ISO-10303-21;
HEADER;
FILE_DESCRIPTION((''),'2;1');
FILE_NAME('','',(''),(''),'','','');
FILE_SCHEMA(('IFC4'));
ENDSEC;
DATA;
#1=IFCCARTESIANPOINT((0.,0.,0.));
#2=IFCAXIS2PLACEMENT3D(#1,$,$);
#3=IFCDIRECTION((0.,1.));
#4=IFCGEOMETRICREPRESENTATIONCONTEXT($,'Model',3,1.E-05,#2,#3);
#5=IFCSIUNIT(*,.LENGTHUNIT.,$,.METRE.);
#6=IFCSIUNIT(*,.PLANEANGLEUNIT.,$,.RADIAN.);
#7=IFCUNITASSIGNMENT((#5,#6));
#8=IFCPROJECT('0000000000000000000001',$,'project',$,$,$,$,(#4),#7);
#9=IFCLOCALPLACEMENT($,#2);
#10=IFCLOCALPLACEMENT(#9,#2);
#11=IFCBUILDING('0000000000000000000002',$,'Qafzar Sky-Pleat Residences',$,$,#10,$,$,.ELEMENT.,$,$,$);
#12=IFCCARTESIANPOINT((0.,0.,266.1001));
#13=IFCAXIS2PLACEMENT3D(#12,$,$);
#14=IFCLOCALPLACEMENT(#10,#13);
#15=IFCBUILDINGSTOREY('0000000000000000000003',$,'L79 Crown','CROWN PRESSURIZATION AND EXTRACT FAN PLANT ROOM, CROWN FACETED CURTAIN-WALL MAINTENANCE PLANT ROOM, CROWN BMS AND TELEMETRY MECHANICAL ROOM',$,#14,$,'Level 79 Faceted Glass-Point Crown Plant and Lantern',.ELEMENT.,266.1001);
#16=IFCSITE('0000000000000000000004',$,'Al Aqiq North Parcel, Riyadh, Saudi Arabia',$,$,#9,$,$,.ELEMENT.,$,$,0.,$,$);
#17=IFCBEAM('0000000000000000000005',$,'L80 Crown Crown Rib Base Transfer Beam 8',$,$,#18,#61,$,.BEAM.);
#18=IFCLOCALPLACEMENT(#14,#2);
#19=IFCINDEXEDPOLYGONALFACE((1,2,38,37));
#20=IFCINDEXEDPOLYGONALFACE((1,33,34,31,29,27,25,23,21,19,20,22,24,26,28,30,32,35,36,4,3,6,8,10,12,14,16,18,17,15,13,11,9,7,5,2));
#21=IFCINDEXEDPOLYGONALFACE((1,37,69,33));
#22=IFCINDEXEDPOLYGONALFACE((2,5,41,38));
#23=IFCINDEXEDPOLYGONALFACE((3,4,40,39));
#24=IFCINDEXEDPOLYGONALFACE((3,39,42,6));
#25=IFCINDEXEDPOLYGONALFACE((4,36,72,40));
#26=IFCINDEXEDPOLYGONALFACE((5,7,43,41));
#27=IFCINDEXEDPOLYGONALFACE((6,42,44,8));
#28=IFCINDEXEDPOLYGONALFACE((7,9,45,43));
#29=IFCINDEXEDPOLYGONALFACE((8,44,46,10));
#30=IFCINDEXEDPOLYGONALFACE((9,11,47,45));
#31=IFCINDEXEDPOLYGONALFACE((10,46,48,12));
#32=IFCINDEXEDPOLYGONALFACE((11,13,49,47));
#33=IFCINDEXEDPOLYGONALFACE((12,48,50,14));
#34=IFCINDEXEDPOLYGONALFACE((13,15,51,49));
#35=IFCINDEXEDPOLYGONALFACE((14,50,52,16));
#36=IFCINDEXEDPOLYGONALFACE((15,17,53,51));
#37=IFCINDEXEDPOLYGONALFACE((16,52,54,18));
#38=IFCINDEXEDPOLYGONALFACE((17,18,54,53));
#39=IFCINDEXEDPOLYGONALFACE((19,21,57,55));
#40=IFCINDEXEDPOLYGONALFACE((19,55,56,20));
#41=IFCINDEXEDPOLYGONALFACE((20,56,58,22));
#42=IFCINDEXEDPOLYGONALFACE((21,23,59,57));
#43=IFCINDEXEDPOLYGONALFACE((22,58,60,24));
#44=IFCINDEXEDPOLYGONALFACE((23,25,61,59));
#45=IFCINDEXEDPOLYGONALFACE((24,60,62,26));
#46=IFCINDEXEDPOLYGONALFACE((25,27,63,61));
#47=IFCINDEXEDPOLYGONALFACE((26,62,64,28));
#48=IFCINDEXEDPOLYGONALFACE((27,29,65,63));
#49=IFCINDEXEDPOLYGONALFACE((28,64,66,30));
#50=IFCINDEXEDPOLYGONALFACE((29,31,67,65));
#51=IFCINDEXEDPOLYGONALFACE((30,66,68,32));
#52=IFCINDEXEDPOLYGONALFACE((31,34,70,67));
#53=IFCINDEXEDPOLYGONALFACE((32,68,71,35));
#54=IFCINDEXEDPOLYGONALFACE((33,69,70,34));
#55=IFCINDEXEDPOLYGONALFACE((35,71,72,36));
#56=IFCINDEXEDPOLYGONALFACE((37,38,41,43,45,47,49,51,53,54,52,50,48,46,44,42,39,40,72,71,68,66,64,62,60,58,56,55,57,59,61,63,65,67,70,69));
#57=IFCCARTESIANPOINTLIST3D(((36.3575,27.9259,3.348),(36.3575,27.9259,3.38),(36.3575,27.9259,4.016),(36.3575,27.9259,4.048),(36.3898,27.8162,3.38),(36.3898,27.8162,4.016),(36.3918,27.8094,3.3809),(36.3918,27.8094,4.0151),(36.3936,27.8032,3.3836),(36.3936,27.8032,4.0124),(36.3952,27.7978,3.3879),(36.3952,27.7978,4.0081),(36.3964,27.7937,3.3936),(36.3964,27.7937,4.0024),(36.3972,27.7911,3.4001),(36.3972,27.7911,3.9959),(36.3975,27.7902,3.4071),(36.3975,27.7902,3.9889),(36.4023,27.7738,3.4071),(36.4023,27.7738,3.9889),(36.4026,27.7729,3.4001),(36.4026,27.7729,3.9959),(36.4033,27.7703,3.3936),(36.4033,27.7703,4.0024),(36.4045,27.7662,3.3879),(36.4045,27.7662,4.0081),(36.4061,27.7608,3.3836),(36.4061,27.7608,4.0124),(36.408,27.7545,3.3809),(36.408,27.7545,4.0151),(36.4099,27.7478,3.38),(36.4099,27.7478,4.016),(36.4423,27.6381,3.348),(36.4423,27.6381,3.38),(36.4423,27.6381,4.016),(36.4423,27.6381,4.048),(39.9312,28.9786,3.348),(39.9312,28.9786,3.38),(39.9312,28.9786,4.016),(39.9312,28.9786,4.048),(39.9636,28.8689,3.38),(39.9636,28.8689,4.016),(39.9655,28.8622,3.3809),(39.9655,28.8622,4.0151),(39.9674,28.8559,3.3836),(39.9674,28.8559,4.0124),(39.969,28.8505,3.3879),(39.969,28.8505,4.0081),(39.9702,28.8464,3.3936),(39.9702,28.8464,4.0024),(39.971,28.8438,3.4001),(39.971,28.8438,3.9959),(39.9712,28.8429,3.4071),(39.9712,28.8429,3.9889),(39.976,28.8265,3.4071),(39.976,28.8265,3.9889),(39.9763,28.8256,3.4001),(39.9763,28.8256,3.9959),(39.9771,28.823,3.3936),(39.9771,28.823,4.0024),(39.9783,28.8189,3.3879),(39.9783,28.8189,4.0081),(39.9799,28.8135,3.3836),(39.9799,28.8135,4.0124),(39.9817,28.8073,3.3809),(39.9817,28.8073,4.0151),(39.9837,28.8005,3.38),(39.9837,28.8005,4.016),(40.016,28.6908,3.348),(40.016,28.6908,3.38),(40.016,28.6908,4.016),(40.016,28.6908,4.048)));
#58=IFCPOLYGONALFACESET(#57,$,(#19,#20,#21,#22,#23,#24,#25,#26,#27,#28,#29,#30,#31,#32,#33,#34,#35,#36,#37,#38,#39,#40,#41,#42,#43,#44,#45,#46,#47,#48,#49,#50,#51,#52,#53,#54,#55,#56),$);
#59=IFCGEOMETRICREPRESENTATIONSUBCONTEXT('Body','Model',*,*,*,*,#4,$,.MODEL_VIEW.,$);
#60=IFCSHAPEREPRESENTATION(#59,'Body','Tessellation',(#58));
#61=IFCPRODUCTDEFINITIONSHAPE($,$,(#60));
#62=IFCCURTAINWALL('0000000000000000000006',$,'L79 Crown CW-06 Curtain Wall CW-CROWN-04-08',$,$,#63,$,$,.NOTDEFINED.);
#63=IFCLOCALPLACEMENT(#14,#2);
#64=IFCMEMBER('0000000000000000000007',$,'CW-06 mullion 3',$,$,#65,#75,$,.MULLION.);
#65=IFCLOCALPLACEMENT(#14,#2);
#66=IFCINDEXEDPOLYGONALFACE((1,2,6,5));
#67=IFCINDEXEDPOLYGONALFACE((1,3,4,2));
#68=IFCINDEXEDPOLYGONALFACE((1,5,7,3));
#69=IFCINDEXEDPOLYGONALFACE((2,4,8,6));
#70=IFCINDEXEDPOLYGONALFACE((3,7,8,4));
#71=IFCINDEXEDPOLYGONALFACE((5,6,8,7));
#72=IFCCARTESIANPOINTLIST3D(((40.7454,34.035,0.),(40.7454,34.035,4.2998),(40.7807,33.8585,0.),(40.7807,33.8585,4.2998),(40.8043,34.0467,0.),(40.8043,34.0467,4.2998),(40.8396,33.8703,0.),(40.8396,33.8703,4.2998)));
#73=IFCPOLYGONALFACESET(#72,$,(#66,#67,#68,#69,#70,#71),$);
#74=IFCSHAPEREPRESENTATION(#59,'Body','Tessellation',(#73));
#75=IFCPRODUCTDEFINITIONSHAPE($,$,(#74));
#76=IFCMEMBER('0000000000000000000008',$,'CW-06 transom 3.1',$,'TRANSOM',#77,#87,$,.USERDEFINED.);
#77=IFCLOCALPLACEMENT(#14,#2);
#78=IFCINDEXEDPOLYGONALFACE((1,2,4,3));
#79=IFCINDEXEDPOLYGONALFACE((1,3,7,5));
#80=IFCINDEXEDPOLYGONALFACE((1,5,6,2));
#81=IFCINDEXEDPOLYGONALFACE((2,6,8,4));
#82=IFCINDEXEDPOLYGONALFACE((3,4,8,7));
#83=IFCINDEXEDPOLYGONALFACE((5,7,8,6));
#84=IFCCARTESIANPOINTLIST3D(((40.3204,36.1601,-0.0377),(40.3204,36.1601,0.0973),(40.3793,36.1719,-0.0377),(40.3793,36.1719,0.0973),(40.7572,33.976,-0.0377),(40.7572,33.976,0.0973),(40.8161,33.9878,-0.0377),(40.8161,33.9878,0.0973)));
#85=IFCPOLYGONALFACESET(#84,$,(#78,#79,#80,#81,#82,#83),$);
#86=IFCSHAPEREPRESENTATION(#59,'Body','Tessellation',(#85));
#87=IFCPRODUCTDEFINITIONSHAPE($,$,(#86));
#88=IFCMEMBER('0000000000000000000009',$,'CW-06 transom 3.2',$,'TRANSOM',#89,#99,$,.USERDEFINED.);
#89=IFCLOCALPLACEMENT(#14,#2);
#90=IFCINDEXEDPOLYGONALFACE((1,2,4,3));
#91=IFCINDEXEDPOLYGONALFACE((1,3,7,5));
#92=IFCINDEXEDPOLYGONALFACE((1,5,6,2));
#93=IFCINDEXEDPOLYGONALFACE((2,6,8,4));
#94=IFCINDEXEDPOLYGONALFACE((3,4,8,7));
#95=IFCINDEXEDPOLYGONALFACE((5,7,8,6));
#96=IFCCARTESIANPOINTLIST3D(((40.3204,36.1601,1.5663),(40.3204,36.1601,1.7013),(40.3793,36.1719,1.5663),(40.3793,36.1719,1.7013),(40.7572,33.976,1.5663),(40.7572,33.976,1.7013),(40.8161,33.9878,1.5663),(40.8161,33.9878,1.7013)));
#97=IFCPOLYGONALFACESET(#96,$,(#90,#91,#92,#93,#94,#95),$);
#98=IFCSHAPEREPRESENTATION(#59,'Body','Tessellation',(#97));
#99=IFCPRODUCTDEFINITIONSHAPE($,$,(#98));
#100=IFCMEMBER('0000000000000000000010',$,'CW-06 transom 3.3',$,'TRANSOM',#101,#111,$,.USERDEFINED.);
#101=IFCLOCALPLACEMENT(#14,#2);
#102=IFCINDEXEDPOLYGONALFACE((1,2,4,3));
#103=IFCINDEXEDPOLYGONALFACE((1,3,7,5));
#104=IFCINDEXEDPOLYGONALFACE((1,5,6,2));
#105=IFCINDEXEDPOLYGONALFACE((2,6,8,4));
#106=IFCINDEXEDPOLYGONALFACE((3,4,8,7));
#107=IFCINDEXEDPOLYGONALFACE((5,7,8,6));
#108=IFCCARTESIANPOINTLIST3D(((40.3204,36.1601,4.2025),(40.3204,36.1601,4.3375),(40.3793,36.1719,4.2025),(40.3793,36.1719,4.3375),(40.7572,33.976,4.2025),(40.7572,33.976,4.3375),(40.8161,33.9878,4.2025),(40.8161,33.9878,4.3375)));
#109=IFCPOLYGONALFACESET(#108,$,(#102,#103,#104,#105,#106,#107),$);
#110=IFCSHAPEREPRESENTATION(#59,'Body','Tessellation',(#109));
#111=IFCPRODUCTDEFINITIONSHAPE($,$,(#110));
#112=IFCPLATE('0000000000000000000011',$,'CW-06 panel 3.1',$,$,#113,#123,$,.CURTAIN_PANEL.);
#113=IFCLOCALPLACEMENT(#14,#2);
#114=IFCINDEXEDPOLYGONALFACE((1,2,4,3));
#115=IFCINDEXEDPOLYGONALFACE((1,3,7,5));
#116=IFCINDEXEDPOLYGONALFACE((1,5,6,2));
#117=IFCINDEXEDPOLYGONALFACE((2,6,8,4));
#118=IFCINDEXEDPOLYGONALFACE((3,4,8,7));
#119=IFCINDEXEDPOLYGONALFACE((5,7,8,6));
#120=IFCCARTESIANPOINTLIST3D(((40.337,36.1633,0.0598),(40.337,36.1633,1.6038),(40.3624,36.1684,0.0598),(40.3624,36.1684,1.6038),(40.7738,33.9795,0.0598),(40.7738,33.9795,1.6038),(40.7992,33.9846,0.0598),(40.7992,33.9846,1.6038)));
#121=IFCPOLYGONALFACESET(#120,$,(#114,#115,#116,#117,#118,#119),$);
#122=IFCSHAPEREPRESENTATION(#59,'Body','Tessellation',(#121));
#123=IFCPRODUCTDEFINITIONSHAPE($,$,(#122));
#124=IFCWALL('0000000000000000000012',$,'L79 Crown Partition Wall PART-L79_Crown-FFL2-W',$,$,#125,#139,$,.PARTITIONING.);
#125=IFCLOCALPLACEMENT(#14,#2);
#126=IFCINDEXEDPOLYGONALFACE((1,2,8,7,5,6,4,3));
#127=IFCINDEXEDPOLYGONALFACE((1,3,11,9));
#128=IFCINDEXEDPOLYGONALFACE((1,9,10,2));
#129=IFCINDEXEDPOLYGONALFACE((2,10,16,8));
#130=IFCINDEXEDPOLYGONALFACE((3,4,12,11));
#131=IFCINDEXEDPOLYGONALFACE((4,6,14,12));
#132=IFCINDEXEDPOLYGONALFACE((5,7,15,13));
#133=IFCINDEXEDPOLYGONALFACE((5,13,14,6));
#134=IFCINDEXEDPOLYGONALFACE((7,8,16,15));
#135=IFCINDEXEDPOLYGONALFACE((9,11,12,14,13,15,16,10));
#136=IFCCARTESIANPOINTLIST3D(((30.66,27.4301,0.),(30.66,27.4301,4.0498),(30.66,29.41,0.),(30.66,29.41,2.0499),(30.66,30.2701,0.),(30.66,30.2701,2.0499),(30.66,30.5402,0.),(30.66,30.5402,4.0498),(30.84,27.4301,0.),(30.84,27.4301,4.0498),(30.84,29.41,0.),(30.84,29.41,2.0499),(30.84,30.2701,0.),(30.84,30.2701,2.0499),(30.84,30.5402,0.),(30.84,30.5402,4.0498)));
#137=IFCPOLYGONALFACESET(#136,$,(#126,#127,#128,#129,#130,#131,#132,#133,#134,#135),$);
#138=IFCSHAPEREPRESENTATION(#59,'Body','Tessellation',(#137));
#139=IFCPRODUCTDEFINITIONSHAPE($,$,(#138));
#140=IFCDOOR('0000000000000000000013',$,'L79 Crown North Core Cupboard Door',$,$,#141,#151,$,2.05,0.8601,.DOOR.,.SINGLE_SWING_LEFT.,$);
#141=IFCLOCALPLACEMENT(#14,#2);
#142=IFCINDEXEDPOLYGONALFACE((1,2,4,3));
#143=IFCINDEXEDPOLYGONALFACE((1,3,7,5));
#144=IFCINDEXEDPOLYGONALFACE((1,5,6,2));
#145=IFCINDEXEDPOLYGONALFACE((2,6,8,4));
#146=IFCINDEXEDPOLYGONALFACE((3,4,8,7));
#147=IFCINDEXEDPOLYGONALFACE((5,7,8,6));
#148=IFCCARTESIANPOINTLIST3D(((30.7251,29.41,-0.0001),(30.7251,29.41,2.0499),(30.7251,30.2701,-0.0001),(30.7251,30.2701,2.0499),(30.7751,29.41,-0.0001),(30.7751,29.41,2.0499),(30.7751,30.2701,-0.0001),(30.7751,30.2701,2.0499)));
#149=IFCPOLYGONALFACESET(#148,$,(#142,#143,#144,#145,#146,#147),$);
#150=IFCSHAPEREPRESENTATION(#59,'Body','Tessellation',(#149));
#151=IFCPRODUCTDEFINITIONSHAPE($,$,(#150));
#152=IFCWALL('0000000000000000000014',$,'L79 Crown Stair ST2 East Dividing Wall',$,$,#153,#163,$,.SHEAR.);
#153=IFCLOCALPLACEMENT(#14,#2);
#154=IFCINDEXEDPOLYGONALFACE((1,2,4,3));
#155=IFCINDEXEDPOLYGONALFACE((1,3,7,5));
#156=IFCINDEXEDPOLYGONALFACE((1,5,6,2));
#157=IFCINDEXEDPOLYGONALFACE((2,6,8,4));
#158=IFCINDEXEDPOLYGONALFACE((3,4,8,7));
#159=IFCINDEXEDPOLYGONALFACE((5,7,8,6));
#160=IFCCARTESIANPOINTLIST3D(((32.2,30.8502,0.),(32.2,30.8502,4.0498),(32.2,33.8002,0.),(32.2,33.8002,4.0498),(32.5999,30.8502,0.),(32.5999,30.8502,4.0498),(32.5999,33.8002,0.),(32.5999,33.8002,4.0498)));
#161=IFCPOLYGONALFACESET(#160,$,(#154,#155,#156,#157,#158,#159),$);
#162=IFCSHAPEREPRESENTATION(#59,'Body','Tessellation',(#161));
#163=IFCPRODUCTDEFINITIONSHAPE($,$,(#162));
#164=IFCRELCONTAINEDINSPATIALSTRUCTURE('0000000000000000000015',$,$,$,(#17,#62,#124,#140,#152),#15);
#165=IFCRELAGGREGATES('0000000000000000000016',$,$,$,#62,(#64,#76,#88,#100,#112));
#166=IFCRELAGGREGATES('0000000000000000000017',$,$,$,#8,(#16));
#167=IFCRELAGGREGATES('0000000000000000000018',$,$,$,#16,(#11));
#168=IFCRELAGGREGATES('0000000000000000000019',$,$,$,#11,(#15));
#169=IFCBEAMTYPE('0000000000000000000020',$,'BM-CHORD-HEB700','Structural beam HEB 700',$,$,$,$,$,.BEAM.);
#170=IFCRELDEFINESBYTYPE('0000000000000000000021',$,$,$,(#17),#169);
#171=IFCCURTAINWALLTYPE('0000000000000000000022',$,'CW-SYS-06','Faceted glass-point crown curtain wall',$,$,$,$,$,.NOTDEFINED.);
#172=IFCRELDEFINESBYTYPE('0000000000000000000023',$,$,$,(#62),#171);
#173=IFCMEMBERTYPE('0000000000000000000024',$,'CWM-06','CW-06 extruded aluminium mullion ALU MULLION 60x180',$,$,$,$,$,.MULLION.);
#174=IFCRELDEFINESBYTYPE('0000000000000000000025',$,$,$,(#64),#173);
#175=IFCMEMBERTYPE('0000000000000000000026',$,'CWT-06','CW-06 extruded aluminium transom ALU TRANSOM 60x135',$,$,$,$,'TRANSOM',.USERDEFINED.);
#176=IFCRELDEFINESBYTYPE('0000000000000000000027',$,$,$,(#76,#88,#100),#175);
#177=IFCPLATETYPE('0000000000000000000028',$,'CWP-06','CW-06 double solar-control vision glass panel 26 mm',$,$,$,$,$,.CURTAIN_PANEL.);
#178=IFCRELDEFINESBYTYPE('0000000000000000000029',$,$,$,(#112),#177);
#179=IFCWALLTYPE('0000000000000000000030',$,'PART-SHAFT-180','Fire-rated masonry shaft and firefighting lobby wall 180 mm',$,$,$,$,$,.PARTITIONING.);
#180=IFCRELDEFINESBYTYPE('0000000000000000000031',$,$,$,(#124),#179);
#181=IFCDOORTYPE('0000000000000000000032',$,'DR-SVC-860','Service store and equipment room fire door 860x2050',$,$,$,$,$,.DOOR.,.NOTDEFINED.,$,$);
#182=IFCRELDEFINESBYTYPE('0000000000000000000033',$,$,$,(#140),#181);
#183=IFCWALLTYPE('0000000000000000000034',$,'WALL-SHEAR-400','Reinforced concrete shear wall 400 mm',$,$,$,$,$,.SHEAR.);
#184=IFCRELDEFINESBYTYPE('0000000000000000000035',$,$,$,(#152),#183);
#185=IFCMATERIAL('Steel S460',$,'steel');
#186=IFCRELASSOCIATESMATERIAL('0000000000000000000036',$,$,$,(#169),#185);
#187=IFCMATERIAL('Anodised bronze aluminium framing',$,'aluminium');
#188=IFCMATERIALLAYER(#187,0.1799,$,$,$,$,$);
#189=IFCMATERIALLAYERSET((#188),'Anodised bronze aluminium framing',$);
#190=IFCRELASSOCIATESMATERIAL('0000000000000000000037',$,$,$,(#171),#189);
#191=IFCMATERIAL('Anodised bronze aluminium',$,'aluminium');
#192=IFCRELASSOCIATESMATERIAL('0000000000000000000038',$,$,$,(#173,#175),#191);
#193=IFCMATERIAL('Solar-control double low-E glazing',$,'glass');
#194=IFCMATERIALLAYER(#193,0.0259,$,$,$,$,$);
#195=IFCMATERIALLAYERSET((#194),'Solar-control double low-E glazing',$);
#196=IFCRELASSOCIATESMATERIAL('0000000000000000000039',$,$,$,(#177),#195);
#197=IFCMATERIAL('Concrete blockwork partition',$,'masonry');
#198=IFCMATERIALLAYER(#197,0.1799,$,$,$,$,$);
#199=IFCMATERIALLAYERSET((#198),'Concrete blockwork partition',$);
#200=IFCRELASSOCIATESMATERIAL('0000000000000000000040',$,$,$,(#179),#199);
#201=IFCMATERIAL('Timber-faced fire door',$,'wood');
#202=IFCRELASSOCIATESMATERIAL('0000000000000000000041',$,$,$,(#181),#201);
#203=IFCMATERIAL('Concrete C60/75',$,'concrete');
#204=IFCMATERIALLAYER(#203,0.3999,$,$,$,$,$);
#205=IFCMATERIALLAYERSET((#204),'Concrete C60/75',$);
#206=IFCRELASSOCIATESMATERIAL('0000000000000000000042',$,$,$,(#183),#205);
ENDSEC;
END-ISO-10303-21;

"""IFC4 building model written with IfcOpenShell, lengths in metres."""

from ifc_helpers import new_model, si_unit, direction, frame, frame_2d, origin, origin_2d, place, context, subcontext, project, spatial, rectangle, i_section, extrude, source, transform, mapped, material, layer, layer_set, material_profile, profile_set, type_object, element, fill, aggregate, save


model = new_model("IFC4")

# Units and contexts
model_context = context("Model", 3, precision=1e-05, world=origin(), true_north=direction((0.0, 1.0)))
body_context = subcontext(model_context, "Body", "Model", "MODEL_VIEW")
ifc_project = project(units=[si_unit("LENGTHUNIT", "METRE"), si_unit("PLANEANGLEUNIT", "RADIAN")], contexts=[model_context])

# Site, building, storey
site_placement = place(None, origin())
site = spatial("IfcSite", under=ifc_project, at=site_placement, Name="Al Aqiq North Parcel, Riyadh, Saudi Arabia", CompositionType="ELEMENT", RefElevation=0.0)
building_placement = place(site_placement, origin())
building = spatial("IfcBuilding", under=site, at=building_placement, Name="Qafzar Sky-Pleat Residences", CompositionType="ELEMENT")
storey_placement = place(building_placement, frame((0.0, 0.0, 266.1001)))
storey = spatial("IfcBuildingStorey", under=building, at=storey_placement, Name="L79 Crown", Description="CROWN PRESSURIZATION AND EXTRACT FAN PLANT ROOM, CROWN FACETED CURTAIN-WALL MAINTENANCE PLANT ROOM, CROWN BMS AND TELEMETRY MECHANICAL ROOM", LongName="Level 79 Faceted Glass-Point Crown Plant and Lantern", CompositionType="ELEMENT", Elevation=266.1001)

# Shared definitions
ifc_material_1 = material(Name="Steel S460", Category="steel")

# Beam
ifc_material_profile_1 = material_profile(ifc_material_1, i_section(OverallWidth=0.3, OverallDepth=0.7, WebThickness=0.0171, FlangeThickness=0.032, FilletRadius=0.0271, at=origin_2d()), Name="HEB 700")
ifc_profile_set_1 = profile_set([ifc_material_profile_1], Name="Steel S460")
beam_type = type_object("IfcBeamType", Name="BM-CHORD-HEB700", Description="Structural beam HEB 700", PredefinedType="BEAM", material=ifc_profile_set_1)
shared_shape_1 = source(origin(), body_context, "Body", "SweptSolid", [
    extrude(i_section(OverallWidth=0.3, OverallDepth=0.7, WebThickness=0.0171, FlangeThickness=0.032, FilletRadius=0.0271, at=origin_2d()), origin(), (0.0, 0.0, 1.0), 3.7256),
])
beam_1_placement = place(storey_placement, frame((39.9736, 28.8347, 3.698), z_axis=(-0.959246, -0.282571, 0.0), x_axis=(0.282571, -0.959246, 0.0)))
element("IfcBeam", 1, at=beam_1_placement, inside=storey, type_object=beam_type, Name="L80 Crown Crown Rib Base Transfer Beam 8", PredefinedType="BEAM", context=body_context, shape_type="MappedRepresentation", body=[
    mapped(shared_shape_1, transform((0.0, 0.0, 0.0), x_axis=(1.0, 0.0, 0.0), y_axis=(0.0, 1.0, 0.0), z_axis=(0.0, 0.0, 1.0), scale=1.0)),
])

# Curtain wall, members, plate
ifc_material_2 = material(Name="Anodised bronze aluminium framing", Category="aluminium")
ifc_layer_1 = layer(ifc_material_2, 0.1799)
ifc_layer_set_1 = layer_set([ifc_layer_1], Name="Anodised bronze aluminium framing")
curtain_wall_type = type_object("IfcCurtainWallType", Name="CW-SYS-06", Description="Faceted glass-point crown curtain wall", PredefinedType="NOTDEFINED", material=ifc_layer_set_1)
curtain_wall_placement = place(storey_placement, origin())
curtain_wall = element("IfcCurtainWall", 2, at=curtain_wall_placement, inside=storey, type_object=curtain_wall_type, Name="L79 Crown CW-06 Curtain Wall CW-CROWN-04-08", PredefinedType="NOTDEFINED")
ifc_material_3 = material(Name="Anodised bronze aluminium", Category="aluminium")
ifc_material_profile_2 = material_profile(ifc_material_3, rectangle(XDim=0.0601, YDim=0.1799, at=origin_2d()), Name="ALU MULLION 60x180")
ifc_profile_set_2 = profile_set([ifc_material_profile_2], Name="Anodised bronze aluminium")
member_type_1 = type_object("IfcMemberType", Name="CWM-06", Description="CW-06 extruded aluminium mullion ALU MULLION 60x180", PredefinedType="MULLION", material=ifc_profile_set_2)
shared_shape_2 = source(origin(), body_context, "Body", "SweptSolid", [
    extrude(rectangle(XDim=0.0601, YDim=0.1799, at=origin_2d()), origin(), (0.0, 0.0, 1.0), 4.2998),
])
member_1_placement = place(storey_placement, frame((40.7925, 33.9526, 0.0), z_axis=(0.0, 0.0, 1.0), x_axis=(-0.980581, -0.196116, 0.0)))
member_1 = element("IfcMember", 3, at=member_1_placement, type_object=member_type_1, Name="CW-06 mullion 3", PredefinedType="MULLION", context=body_context, shape_type="MappedRepresentation", body=[
    mapped(shared_shape_2, transform((0.0, 0.0, 0.0), x_axis=(1.0, 0.0, 0.0), y_axis=(0.0, 1.0, 0.0), z_axis=(0.0, 0.0, 1.0), scale=1.0)),
])
ifc_material_profile_3 = material_profile(ifc_material_3, rectangle(XDim=0.0601, YDim=0.135, at=origin_2d()), Name="ALU TRANSOM 60x135")
ifc_profile_set_3 = profile_set([ifc_material_profile_3], Name="Anodised bronze aluminium")
member_type_2 = type_object("IfcMemberType", Name="CWT-06", Description="CW-06 extruded aluminium transom ALU TRANSOM 60x135", ElementType="TRANSOM", PredefinedType="USERDEFINED", material=ifc_profile_set_3)
shared_shape_3 = source(origin(), body_context, "Body", "SweptSolid", [
    extrude(rectangle(XDim=0.0601, YDim=0.135, at=origin_2d()), origin(), (0.0, 0.0, 1.0), 2.2273),
])
member_2_placement = place(storey_placement, frame((40.7866, 33.9819, 0.0298), z_axis=(-0.196095, 0.980585, 0.0), x_axis=(-0.980585, -0.196095, 0.0)))
member_2 = element("IfcMember", 4, at=member_2_placement, type_object=member_type_2, Name="CW-06 transom 3.1", ObjectType="TRANSOM", PredefinedType="USERDEFINED", context=body_context, shape_type="MappedRepresentation", body=[
    mapped(shared_shape_3, transform((0.0, 0.0, 0.0), x_axis=(1.0, 0.0, 0.0), y_axis=(0.0, 1.0, 0.0), z_axis=(0.0, 0.0, 1.0), scale=1.0)),
])
member_3_placement = place(storey_placement, frame((40.7866, 33.9819, 1.6338), z_axis=(-0.196095, 0.980585, 0.0), x_axis=(-0.980585, -0.196095, 0.0)))
member_3 = element("IfcMember", 5, at=member_3_placement, type_object=member_type_2, Name="CW-06 transom 3.2", ObjectType="TRANSOM", PredefinedType="USERDEFINED", context=body_context, shape_type="MappedRepresentation", body=[
    mapped(shared_shape_3, transform((0.0, 0.0, 0.0), x_axis=(1.0, 0.0, 0.0), y_axis=(0.0, 1.0, 0.0), z_axis=(0.0, 0.0, 1.0), scale=1.0)),
])
member_4_placement = place(storey_placement, frame((40.7866, 33.9819, 4.27), z_axis=(-0.196095, 0.980585, 0.0), x_axis=(-0.980585, -0.196095, 0.0)))
member_4 = element("IfcMember", 6, at=member_4_placement, type_object=member_type_2, Name="CW-06 transom 3.3", ObjectType="TRANSOM", PredefinedType="USERDEFINED", context=body_context, shape_type="MappedRepresentation", body=[
    mapped(shared_shape_3, transform((0.0, 0.0, 0.0), x_axis=(1.0, 0.0, 0.0), y_axis=(0.0, 1.0, 0.0), z_axis=(0.0, 0.0, 1.0), scale=1.0)),
])
ifc_material_4 = material(Name="Solar-control double low-E glazing", Category="glass")
ifc_layer_2 = layer(ifc_material_4, 0.0259)
ifc_layer_set_2 = layer_set([ifc_layer_2], Name="Solar-control double low-E glazing")
plate_type = type_object("IfcPlateType", Name="CWP-06", Description="CW-06 double solar-control vision glass panel 26 mm", PredefinedType="CURTAIN_PANEL", material=ifc_layer_set_2)
shared_shape_4 = source(origin(), body_context, "Body", "SweptSolid", [
    extrude(rectangle(XDim=2.2271, YDim=0.0259, at=origin_2d()), origin(), (0.0, 0.0, 1.0), 1.5439),
])
plate_placement = place(storey_placement, frame((40.5681, 35.074, 0.0598), z_axis=(0.0, 0.0, 1.0), x_axis=(-0.196116, 0.980581, 0.0)))
plate = element("IfcPlate", 7, at=plate_placement, type_object=plate_type, Name="CW-06 panel 3.1", PredefinedType="CURTAIN_PANEL", context=body_context, shape_type="MappedRepresentation", body=[
    mapped(shared_shape_4, transform((0.0, 0.0, 0.0), x_axis=(1.0, 0.0, 0.0), y_axis=(0.0, 1.0, 0.0), z_axis=(0.0, 0.0, 1.0), scale=1.0)),
])
aggregate(curtain_wall, [member_1, member_2, member_3, member_4, plate])

# Wall, opening, door
ifc_material_5 = material(Name="Concrete blockwork partition", Category="masonry")
ifc_layer_3 = layer(ifc_material_5, 0.1799)
ifc_layer_set_3 = layer_set([ifc_layer_3], Name="Concrete blockwork partition")
wall_type_1 = type_object("IfcWallType", Name="PART-SHAFT-180", Description="Fire-rated masonry shaft and firefighting lobby wall 180 mm", PredefinedType="PARTITIONING", material=ifc_layer_set_3)
wall_1_placement = place(storey_placement, frame((30.75, 27.4299, 0.0), z_axis=(0.0, 0.0, 1.0), x_axis=(0.0, 1.0, 0.0)))
wall_1 = element("IfcWall", 8, at=wall_1_placement, inside=storey, type_object=wall_type_1, Name="L79 Crown Partition Wall PART-L79_Crown-FFL2-W", PredefinedType="PARTITIONING", context=body_context, shape_type="SweptSolid", body=[
    extrude(rectangle(XDim=3.1101, YDim=0.1799, at=frame_2d((1.5552, 0.0))), origin(), (0.0, 0.0, 1.0), 4.0498),
])
opening_placement = place(wall_1_placement, frame((1.98, 0.0, 0.0)))
opening = element("IfcOpeningElement", 9, at=opening_placement, cuts=wall_1, PredefinedType="OPENING", context=body_context, shape_type="SweptSolid", body=[
    extrude(rectangle(XDim=0.8601, YDim=2.05, at=frame_2d((0.4302, 1.0249))), frame((0.0, 0.1001, 0.0), z_axis=(0.0, -1.0, 0.0), x_axis=(1.0, 0.0, 0.0)), (0.0, 0.0, 1.0), 0.2),
])
ifc_material_6 = material(Name="Timber-faced fire door", Category="wood")
door_type = type_object("IfcDoorType", Name="DR-SVC-860", Description="Service store and equipment room fire door 860x2050", OperationType="NOTDEFINED", PredefinedType="DOOR", material=ifc_material_6)
shared_shape_5 = source(origin(), body_context, "Body", "SweptSolid", [
    extrude(rectangle(XDim=0.8601, YDim=2.05, at=frame_2d((0.4302, 1.0249))), frame((0.0, 0.0249, 0.0), z_axis=(0.0, -1.0, 0.0), x_axis=(1.0, 0.0, 0.0)), (0.0, 0.0, 1.0), 0.05),
])
door_placement = place(opening_placement, origin())
door = element("IfcDoor", 10, at=door_placement, inside=storey, type_object=door_type, Name="L79 Crown North Core Cupboard Door", OperationType="SINGLE_SWING_LEFT", OverallHeight=2.05, OverallWidth=0.8601, PredefinedType="DOOR", context=body_context, shape_type="MappedRepresentation", body=[
    mapped(shared_shape_5, transform((0.0, 0.0, 0.0), x_axis=(1.0, 0.0, 0.0), y_axis=(0.0, 1.0, 0.0), z_axis=(0.0, 0.0, 1.0), scale=1.0)),
])
fill(opening, door)

# Wall
ifc_material_7 = material(Name="Concrete C60/75", Category="concrete")
ifc_layer_4 = layer(ifc_material_7, 0.3999)
ifc_layer_set_4 = layer_set([ifc_layer_4], Name="Concrete C60/75")
wall_type_2 = type_object("IfcWallType", Name="WALL-SHEAR-400", Description="Reinforced concrete shear wall 400 mm", PredefinedType="SHEAR", material=ifc_layer_set_4)
wall_2_placement = place(storey_placement, frame((32.3999, 30.8501, 0.0), z_axis=(0.0, 0.0, 1.0), x_axis=(0.0, 1.0, 0.0)))
element("IfcWall", 11, at=wall_2_placement, inside=storey, type_object=wall_type_2, Name="L79 Crown Stair ST2 East Dividing Wall", PredefinedType="SHEAR", context=body_context, shape_type="SweptSolid", body=[
    extrude(rectangle(XDim=2.95, YDim=0.3999, at=frame_2d((1.4751, 0.0))), origin(), (0.0, 0.0, 1.0), 4.0498),
])

save(model, "model.ifc")
